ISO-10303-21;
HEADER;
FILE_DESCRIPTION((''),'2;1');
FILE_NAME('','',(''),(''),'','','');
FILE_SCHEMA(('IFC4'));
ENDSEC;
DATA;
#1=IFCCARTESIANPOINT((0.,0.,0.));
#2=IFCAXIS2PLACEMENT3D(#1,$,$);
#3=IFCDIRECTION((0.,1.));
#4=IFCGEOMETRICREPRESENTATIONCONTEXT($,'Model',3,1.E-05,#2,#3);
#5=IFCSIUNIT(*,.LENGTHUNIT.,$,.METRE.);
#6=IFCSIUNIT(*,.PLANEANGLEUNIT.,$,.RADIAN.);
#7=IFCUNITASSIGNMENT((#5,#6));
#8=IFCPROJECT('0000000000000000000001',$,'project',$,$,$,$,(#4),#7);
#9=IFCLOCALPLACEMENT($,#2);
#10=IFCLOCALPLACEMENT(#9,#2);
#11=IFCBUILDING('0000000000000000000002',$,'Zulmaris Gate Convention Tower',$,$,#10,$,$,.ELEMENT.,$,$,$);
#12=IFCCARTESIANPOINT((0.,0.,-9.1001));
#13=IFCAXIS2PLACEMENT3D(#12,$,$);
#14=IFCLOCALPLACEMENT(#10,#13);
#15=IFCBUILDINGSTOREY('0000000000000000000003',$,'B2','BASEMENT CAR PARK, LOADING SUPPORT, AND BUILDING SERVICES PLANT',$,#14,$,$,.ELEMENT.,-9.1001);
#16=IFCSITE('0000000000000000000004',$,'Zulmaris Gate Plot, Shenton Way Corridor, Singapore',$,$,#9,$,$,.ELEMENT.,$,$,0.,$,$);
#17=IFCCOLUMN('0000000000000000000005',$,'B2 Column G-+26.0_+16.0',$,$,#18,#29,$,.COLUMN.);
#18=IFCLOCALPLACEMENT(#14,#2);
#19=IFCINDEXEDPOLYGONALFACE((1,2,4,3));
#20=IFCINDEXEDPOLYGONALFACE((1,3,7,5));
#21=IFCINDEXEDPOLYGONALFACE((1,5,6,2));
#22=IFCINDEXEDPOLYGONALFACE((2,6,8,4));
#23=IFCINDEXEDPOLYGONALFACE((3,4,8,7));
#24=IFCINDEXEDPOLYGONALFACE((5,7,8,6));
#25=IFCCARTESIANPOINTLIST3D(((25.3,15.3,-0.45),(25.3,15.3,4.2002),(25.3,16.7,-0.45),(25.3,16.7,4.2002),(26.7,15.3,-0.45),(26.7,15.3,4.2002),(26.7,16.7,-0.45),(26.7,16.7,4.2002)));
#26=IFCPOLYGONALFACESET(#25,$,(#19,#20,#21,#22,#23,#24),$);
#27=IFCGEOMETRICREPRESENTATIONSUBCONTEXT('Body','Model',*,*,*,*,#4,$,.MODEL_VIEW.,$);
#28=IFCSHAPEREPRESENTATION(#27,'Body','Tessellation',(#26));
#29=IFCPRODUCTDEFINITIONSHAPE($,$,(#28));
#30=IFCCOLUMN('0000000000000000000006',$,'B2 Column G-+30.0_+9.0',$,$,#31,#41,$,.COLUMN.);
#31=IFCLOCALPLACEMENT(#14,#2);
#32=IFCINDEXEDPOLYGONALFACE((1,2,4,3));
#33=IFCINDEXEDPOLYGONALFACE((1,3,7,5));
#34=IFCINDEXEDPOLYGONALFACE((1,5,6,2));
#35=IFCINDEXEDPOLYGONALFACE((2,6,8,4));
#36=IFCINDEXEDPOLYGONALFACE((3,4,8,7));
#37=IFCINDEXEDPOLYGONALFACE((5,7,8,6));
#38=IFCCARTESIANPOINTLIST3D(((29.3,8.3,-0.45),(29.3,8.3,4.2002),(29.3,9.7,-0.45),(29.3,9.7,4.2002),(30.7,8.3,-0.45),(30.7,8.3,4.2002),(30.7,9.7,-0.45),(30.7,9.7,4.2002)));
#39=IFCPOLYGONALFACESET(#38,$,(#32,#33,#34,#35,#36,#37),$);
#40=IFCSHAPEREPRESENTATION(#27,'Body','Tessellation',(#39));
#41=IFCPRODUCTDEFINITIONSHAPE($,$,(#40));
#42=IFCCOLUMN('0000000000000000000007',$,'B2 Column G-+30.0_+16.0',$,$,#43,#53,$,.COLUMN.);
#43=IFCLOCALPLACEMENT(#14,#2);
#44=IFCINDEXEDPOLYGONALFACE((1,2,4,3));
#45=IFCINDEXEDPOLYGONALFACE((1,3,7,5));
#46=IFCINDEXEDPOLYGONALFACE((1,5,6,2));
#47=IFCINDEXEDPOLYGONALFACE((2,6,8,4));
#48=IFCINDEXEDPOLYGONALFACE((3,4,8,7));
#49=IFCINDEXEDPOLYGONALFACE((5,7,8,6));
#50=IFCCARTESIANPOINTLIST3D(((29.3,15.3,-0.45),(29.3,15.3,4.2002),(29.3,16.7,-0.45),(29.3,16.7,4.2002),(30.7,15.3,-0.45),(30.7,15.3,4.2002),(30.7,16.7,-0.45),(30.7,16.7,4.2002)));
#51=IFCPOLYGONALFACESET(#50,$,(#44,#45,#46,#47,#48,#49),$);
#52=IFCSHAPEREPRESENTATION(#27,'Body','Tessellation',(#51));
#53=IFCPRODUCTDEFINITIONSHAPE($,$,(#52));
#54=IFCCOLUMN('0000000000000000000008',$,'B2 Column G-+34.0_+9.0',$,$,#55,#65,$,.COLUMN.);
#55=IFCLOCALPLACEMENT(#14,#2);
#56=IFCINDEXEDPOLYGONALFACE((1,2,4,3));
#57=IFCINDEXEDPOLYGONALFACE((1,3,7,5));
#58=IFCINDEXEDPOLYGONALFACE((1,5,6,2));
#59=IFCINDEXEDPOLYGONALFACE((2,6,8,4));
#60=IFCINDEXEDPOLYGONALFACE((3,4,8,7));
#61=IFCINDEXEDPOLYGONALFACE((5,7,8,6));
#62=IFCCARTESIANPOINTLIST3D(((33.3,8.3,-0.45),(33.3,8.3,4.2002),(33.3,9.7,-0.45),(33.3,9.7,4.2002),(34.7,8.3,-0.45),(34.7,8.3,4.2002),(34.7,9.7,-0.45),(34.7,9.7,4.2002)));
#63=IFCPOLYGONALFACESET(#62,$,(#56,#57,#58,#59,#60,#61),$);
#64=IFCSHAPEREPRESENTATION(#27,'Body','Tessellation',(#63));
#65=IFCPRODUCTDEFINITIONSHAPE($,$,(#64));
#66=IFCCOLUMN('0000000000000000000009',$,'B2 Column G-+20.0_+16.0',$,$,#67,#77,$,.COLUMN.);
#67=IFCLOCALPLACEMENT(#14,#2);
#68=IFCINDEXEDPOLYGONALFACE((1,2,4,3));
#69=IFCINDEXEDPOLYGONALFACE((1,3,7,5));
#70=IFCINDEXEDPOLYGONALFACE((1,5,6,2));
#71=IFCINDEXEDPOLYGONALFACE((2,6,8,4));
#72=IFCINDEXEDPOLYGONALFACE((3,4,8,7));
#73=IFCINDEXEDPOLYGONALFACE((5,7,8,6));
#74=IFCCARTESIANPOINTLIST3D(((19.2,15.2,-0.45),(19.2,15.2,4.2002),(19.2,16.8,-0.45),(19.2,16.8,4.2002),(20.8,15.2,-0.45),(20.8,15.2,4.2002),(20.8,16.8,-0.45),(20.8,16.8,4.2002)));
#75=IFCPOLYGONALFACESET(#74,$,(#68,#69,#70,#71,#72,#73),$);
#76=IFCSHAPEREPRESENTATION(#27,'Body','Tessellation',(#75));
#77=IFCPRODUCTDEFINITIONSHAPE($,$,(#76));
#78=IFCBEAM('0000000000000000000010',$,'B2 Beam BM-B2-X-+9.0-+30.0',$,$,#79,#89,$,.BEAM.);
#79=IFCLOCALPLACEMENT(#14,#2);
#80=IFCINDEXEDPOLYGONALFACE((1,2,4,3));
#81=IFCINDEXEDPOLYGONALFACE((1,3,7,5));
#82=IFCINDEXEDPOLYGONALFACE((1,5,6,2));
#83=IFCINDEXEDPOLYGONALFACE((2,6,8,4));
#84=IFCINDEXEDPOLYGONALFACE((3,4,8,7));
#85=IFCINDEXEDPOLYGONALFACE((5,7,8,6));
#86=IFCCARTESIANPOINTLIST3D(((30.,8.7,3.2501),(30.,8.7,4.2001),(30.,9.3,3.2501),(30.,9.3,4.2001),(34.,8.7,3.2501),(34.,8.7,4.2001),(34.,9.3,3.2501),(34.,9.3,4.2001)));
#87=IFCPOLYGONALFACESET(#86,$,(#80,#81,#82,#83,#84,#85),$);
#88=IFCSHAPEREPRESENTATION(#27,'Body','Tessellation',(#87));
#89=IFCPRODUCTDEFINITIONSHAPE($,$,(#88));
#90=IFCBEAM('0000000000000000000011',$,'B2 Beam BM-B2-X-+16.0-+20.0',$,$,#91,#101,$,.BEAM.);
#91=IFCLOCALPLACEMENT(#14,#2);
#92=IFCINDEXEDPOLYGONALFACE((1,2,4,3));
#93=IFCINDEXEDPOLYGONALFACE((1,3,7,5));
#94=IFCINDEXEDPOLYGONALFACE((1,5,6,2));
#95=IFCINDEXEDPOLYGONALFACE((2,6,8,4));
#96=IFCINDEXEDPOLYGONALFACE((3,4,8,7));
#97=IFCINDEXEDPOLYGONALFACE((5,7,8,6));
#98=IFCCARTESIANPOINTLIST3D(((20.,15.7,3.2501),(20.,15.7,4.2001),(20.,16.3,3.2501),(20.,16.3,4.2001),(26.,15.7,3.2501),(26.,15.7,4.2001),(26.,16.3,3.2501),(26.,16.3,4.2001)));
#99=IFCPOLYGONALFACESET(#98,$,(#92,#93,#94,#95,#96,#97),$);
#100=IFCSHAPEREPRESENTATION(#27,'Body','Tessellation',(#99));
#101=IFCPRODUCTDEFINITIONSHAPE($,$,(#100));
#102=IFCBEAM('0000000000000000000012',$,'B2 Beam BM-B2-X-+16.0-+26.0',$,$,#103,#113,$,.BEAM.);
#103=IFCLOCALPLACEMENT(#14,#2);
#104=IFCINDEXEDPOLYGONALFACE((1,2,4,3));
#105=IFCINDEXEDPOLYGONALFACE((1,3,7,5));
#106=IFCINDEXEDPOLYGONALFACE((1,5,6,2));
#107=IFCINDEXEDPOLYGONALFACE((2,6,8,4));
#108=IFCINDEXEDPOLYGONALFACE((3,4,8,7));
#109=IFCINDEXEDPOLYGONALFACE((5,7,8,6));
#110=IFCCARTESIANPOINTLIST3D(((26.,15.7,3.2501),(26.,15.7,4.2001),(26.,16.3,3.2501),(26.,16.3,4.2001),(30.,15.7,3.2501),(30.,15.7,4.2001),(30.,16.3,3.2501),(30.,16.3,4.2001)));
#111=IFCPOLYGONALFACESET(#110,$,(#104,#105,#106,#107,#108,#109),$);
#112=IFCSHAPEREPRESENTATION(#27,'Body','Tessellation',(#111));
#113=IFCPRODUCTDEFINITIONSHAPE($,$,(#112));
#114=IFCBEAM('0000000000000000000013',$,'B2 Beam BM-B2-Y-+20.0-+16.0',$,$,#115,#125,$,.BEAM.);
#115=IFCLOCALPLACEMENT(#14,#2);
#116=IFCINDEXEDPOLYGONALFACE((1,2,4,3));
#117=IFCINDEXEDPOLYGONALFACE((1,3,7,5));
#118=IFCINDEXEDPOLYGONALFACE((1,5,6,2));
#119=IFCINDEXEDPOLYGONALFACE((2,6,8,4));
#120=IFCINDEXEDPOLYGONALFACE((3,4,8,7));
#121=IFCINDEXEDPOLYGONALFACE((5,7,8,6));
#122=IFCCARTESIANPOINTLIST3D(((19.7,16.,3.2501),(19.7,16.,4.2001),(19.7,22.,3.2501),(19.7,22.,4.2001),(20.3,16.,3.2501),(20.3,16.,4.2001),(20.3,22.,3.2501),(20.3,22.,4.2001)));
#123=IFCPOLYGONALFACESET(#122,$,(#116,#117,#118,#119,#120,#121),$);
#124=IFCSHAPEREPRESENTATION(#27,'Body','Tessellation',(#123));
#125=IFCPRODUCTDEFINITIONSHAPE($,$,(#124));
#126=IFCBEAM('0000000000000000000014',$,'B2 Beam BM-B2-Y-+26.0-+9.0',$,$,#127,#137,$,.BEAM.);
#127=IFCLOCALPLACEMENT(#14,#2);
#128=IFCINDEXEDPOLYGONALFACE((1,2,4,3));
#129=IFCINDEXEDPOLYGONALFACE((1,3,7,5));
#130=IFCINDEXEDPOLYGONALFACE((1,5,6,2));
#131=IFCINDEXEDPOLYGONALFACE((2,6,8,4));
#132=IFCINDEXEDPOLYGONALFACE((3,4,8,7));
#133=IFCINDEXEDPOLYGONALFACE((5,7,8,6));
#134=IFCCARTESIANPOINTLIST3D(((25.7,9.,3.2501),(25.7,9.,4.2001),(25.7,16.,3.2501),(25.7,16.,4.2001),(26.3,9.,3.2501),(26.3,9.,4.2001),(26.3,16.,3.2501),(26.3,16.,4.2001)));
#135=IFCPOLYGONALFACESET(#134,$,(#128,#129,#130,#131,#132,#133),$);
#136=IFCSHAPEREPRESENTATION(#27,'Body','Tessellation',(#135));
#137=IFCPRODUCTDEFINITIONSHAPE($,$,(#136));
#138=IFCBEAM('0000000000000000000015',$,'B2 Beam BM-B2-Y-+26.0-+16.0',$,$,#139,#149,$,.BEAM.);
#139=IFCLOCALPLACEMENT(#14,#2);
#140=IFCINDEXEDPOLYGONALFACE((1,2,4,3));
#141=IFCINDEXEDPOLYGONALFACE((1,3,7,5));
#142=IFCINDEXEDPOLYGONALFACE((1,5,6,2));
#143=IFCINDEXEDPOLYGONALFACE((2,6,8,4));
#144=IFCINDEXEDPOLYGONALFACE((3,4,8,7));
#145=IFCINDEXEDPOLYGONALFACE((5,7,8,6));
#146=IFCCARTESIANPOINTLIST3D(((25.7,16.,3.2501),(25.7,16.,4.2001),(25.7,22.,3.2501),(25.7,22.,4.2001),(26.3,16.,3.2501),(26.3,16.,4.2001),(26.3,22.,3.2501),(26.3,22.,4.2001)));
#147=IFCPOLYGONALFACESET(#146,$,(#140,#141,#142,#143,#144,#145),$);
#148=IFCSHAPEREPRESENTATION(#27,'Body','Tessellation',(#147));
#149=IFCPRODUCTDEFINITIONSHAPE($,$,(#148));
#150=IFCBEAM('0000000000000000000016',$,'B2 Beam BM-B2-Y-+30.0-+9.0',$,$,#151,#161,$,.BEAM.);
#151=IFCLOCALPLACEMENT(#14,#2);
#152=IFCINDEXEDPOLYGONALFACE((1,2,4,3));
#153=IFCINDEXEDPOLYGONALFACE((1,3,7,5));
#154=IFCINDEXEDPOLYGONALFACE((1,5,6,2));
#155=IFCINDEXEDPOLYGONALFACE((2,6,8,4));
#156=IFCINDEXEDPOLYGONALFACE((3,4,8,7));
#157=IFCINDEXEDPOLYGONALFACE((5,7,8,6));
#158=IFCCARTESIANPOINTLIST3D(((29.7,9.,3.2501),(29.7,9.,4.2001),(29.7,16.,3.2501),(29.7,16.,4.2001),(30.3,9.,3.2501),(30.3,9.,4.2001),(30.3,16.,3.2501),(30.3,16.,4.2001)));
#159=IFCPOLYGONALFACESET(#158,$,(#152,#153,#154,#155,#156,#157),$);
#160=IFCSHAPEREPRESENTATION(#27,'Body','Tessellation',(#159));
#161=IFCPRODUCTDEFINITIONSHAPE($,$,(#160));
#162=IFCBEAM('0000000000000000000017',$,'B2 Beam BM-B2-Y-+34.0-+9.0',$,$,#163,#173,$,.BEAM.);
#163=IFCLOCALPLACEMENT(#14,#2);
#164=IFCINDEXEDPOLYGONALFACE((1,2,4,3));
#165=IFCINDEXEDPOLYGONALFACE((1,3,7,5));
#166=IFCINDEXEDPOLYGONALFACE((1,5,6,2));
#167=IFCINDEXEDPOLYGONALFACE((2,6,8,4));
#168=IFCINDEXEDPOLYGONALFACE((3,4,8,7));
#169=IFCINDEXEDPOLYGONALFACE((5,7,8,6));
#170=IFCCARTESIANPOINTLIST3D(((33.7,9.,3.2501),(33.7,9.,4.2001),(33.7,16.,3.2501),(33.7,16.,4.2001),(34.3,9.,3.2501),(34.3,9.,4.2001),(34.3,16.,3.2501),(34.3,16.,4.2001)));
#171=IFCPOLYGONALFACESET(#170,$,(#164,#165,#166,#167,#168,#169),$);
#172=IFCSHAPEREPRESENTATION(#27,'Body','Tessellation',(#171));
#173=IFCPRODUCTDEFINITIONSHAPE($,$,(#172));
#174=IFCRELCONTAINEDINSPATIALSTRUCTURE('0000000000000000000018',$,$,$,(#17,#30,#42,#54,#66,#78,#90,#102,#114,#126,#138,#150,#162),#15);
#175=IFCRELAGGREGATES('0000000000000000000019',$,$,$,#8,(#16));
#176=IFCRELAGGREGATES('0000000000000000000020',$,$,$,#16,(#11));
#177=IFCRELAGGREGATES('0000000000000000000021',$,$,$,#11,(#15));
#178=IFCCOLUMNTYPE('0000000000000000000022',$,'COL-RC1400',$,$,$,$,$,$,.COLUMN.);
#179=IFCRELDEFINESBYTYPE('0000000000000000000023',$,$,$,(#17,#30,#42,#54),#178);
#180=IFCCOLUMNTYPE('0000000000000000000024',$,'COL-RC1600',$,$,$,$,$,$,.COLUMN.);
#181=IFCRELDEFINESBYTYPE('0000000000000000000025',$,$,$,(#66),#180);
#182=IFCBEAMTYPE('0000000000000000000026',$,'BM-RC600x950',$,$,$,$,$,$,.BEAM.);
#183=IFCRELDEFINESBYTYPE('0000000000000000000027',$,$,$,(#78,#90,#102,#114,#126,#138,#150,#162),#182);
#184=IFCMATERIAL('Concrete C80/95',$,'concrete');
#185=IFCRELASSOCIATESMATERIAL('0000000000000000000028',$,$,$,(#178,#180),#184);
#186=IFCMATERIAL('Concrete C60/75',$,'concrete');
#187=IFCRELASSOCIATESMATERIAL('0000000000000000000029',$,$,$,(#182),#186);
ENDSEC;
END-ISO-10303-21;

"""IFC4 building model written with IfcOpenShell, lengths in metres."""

from ifc_helpers import new_model, si_unit, direction, frame, origin, origin_2d, place, context, subcontext, project, spatial, rectangle, extrude, material, material_profile, profile_set, type_object, element, save


model = new_model("IFC4")

# Units and contexts
model_context = context("Model", 3, precision=1e-05, world=origin(), true_north=direction((0.0, 1.0)))
body_context = subcontext(model_context, "Body", "Model", "MODEL_VIEW")
ifc_project = project(units=[si_unit("LENGTHUNIT", "METRE"), si_unit("PLANEANGLEUNIT", "RADIAN")], contexts=[model_context])

# Site, building, storey
site_placement = place(None, origin())
site = spatial("IfcSite", under=ifc_project, at=site_placement, Name="Zulmaris Gate Plot, Shenton Way Corridor, Singapore", CompositionType="ELEMENT", RefElevation=0.0)
building_placement = place(site_placement, origin())
building = spatial("IfcBuilding", under=site, at=building_placement, Name="Zulmaris Gate Convention Tower", CompositionType="ELEMENT")
storey_placement = place(building_placement, frame((0.0, 0.0, -9.1001)))
storey = spatial("IfcBuildingStorey", under=building, at=storey_placement, Name="B2", Description="BASEMENT CAR PARK, LOADING SUPPORT, AND BUILDING SERVICES PLANT", CompositionType="ELEMENT", Elevation=-9.1001)

# Columns
ifc_material_1 = material(Name="Concrete C80/95", Category="concrete")
ifc_material_profile_1 = material_profile(ifc_material_1, rectangle(XDim=1.3999, YDim=1.3999, at=origin_2d()), Name="RC COL 1400x1400")
ifc_profile_set_1 = profile_set([ifc_material_profile_1], Name="Concrete C80/95")
column_type_1 = type_object("IfcColumnType", Name="COL-RC1400", PredefinedType="COLUMN", material=ifc_profile_set_1)
for number, where, z_axis, x_axis, name in (
    (1, (26.0, 16.0, -0.45), (0.0, 0.0, 1.0), (1.0, 0.0, 0.0), "B2 Column G-+26.0_+16.0"),
    (2, (30.0, 9.0, -0.45), (0.0, 0.0, 1.0), (1.0, 0.0, 0.0), "B2 Column G-+30.0_+9.0"),
    (3, (30.0, 16.0, -0.45), (0.0, 0.0, 1.0), (1.0, 0.0, 0.0), "B2 Column G-+30.0_+16.0"),
    (4, (34.0, 9.0, -0.45), (0.0, 0.0, 1.0), (1.0, 0.0, 0.0), "B2 Column G-+34.0_+9.0"),
):
    element("IfcColumn", number, at=place(storey_placement, frame(where, z_axis=z_axis, x_axis=x_axis)), inside=storey, type_object=column_type_1, Name=name, PredefinedType="COLUMN", context=body_context, shape_type="SweptSolid", body=[
        extrude(rectangle(XDim=1.3999, YDim=1.3999, at=origin_2d()), origin(), (0.0, 0.0, 1.0), 4.6501),
    ])
ifc_material_profile_2 = material_profile(ifc_material_1, rectangle(XDim=1.6001, YDim=1.6001, at=origin_2d()), Name="RC COL 1600x1600")
ifc_profile_set_2 = profile_set([ifc_material_profile_2], Name="Concrete C80/95")
column_type_2 = type_object("IfcColumnType", Name="COL-RC1600", PredefinedType="COLUMN", material=ifc_profile_set_2)
column_placement = place(storey_placement, frame((20.0, 16.0, -0.45), z_axis=(0.0, 0.0, 1.0), x_axis=(1.0, 0.0, 0.0)))
element("IfcColumn", 5, at=column_placement, inside=storey, type_object=column_type_2, Name="B2 Column G-+20.0_+16.0", PredefinedType="COLUMN", context=body_context, shape_type="SweptSolid", body=[
    extrude(rectangle(XDim=1.6001, YDim=1.6001, at=origin_2d()), origin(), (0.0, 0.0, 1.0), 4.6501),
])

# Beams
ifc_material_2 = material(Name="Concrete C60/75", Category="concrete")
ifc_material_profile_3 = material_profile(ifc_material_2, rectangle(XDim=0.6001, YDim=0.95, at=origin_2d()), Name="RC BEAM 600x950")
ifc_profile_set_3 = profile_set([ifc_material_profile_3], Name="Concrete C60/75")
beam_type_1 = type_object("IfcBeamType", Name="BM-RC600x950", PredefinedType="BEAM", material=ifc_profile_set_3)
beam_1_placement = place(storey_placement, frame((30.0, 9.0, 3.7251), z_axis=(1.0, 0.0, 0.0), x_axis=(0.0, 1.0, 0.0)))
element("IfcBeam", 6, at=beam_1_placement, inside=storey, type_object=beam_type_1, Name="B2 Beam BM-B2-X-+9.0-+30.0", PredefinedType="BEAM", context=body_context, shape_type="SweptSolid", body=[
    extrude(rectangle(XDim=0.6001, YDim=0.95, at=origin_2d()), origin(), (0.0, 0.0, 1.0), 4.0),
])
beam_2_placement = place(storey_placement, frame((20.0, 16.0, 3.7251), z_axis=(1.0, 0.0, 0.0), x_axis=(0.0, 1.0, 0.0)))
element("IfcBeam", 7, at=beam_2_placement, inside=storey, type_object=beam_type_1, Name="B2 Beam BM-B2-X-+16.0-+20.0", PredefinedType="BEAM", context=body_context, shape_type="SweptSolid", body=[
    extrude(rectangle(XDim=0.6001, YDim=0.95, at=origin_2d()), origin(), (0.0, 0.0, 1.0), 6.0),
])
beam_3_placement = place(storey_placement, frame((26.0, 16.0, 3.7251), z_axis=(1.0, 0.0, 0.0), x_axis=(0.0, 1.0, 0.0)))
element("IfcBeam", 8, at=beam_3_placement, inside=storey, type_object=beam_type_1, Name="B2 Beam BM-B2-X-+16.0-+26.0", PredefinedType="BEAM", context=body_context, shape_type="SweptSolid", body=[
    extrude(rectangle(XDim=0.6001, YDim=0.95, at=origin_2d()), origin(), (0.0, 0.0, 1.0), 4.0),
])
beam_4_placement = place(storey_placement, frame((20.0, 16.0, 3.7251), z_axis=(0.0, 1.0, 0.0), x_axis=(-1.0, 0.0, 0.0)))
element("IfcBeam", 9, at=beam_4_placement, inside=storey, type_object=beam_type_1, Name="B2 Beam BM-B2-Y-+20.0-+16.0", PredefinedType="BEAM", context=body_context, shape_type="SweptSolid", body=[
    extrude(rectangle(XDim=0.6001, YDim=0.95, at=origin_2d()), origin(), (0.0, 0.0, 1.0), 6.0),
])
beam_5_placement = place(storey_placement, frame((26.0, 9.0, 3.7251), z_axis=(0.0, 1.0, 0.0), x_axis=(-1.0, 0.0, 0.0)))
element("IfcBeam", 10, at=beam_5_placement, inside=storey, type_object=beam_type_1, Name="B2 Beam BM-B2-Y-+26.0-+9.0", PredefinedType="BEAM", context=body_context, shape_type="SweptSolid", body=[
    extrude(rectangle(XDim=0.6001, YDim=0.95, at=origin_2d()), origin(), (0.0, 0.0, 1.0), 7.0),
])
beam_6_placement = place(storey_placement, frame((26.0, 16.0, 3.7251), z_axis=(0.0, 1.0, 0.0), x_axis=(-1.0, 0.0, 0.0)))
element("IfcBeam", 11, at=beam_6_placement, inside=storey, type_object=beam_type_1, Name="B2 Beam BM-B2-Y-+26.0-+16.0", PredefinedType="BEAM", context=body_context, shape_type="SweptSolid", body=[
    extrude(rectangle(XDim=0.6001, YDim=0.95, at=origin_2d()), origin(), (0.0, 0.0, 1.0), 6.0),
])
for number, where, z_axis, x_axis, name in (
    (12, (30.0, 9.0, 3.7251), (0.0, 1.0, 0.0), (-1.0, 0.0, 0.0), "B2 Beam BM-B2-Y-+30.0-+9.0"),
    (13, (34.0, 9.0, 3.7251), (0.0, 1.0, 0.0), (-1.0, 0.0, 0.0), "B2 Beam BM-B2-Y-+34.0-+9.0"),
):
    element("IfcBeam", number, at=place(storey_placement, frame(where, z_axis=z_axis, x_axis=x_axis)), inside=storey, type_object=beam_type_1, Name=name, PredefinedType="BEAM", context=body_context, shape_type="SweptSolid", body=[
        extrude(rectangle(XDim=0.6001, YDim=0.95, at=origin_2d()), origin(), (0.0, 0.0, 1.0), 7.0),
    ])

save(model, "model.ifc")
